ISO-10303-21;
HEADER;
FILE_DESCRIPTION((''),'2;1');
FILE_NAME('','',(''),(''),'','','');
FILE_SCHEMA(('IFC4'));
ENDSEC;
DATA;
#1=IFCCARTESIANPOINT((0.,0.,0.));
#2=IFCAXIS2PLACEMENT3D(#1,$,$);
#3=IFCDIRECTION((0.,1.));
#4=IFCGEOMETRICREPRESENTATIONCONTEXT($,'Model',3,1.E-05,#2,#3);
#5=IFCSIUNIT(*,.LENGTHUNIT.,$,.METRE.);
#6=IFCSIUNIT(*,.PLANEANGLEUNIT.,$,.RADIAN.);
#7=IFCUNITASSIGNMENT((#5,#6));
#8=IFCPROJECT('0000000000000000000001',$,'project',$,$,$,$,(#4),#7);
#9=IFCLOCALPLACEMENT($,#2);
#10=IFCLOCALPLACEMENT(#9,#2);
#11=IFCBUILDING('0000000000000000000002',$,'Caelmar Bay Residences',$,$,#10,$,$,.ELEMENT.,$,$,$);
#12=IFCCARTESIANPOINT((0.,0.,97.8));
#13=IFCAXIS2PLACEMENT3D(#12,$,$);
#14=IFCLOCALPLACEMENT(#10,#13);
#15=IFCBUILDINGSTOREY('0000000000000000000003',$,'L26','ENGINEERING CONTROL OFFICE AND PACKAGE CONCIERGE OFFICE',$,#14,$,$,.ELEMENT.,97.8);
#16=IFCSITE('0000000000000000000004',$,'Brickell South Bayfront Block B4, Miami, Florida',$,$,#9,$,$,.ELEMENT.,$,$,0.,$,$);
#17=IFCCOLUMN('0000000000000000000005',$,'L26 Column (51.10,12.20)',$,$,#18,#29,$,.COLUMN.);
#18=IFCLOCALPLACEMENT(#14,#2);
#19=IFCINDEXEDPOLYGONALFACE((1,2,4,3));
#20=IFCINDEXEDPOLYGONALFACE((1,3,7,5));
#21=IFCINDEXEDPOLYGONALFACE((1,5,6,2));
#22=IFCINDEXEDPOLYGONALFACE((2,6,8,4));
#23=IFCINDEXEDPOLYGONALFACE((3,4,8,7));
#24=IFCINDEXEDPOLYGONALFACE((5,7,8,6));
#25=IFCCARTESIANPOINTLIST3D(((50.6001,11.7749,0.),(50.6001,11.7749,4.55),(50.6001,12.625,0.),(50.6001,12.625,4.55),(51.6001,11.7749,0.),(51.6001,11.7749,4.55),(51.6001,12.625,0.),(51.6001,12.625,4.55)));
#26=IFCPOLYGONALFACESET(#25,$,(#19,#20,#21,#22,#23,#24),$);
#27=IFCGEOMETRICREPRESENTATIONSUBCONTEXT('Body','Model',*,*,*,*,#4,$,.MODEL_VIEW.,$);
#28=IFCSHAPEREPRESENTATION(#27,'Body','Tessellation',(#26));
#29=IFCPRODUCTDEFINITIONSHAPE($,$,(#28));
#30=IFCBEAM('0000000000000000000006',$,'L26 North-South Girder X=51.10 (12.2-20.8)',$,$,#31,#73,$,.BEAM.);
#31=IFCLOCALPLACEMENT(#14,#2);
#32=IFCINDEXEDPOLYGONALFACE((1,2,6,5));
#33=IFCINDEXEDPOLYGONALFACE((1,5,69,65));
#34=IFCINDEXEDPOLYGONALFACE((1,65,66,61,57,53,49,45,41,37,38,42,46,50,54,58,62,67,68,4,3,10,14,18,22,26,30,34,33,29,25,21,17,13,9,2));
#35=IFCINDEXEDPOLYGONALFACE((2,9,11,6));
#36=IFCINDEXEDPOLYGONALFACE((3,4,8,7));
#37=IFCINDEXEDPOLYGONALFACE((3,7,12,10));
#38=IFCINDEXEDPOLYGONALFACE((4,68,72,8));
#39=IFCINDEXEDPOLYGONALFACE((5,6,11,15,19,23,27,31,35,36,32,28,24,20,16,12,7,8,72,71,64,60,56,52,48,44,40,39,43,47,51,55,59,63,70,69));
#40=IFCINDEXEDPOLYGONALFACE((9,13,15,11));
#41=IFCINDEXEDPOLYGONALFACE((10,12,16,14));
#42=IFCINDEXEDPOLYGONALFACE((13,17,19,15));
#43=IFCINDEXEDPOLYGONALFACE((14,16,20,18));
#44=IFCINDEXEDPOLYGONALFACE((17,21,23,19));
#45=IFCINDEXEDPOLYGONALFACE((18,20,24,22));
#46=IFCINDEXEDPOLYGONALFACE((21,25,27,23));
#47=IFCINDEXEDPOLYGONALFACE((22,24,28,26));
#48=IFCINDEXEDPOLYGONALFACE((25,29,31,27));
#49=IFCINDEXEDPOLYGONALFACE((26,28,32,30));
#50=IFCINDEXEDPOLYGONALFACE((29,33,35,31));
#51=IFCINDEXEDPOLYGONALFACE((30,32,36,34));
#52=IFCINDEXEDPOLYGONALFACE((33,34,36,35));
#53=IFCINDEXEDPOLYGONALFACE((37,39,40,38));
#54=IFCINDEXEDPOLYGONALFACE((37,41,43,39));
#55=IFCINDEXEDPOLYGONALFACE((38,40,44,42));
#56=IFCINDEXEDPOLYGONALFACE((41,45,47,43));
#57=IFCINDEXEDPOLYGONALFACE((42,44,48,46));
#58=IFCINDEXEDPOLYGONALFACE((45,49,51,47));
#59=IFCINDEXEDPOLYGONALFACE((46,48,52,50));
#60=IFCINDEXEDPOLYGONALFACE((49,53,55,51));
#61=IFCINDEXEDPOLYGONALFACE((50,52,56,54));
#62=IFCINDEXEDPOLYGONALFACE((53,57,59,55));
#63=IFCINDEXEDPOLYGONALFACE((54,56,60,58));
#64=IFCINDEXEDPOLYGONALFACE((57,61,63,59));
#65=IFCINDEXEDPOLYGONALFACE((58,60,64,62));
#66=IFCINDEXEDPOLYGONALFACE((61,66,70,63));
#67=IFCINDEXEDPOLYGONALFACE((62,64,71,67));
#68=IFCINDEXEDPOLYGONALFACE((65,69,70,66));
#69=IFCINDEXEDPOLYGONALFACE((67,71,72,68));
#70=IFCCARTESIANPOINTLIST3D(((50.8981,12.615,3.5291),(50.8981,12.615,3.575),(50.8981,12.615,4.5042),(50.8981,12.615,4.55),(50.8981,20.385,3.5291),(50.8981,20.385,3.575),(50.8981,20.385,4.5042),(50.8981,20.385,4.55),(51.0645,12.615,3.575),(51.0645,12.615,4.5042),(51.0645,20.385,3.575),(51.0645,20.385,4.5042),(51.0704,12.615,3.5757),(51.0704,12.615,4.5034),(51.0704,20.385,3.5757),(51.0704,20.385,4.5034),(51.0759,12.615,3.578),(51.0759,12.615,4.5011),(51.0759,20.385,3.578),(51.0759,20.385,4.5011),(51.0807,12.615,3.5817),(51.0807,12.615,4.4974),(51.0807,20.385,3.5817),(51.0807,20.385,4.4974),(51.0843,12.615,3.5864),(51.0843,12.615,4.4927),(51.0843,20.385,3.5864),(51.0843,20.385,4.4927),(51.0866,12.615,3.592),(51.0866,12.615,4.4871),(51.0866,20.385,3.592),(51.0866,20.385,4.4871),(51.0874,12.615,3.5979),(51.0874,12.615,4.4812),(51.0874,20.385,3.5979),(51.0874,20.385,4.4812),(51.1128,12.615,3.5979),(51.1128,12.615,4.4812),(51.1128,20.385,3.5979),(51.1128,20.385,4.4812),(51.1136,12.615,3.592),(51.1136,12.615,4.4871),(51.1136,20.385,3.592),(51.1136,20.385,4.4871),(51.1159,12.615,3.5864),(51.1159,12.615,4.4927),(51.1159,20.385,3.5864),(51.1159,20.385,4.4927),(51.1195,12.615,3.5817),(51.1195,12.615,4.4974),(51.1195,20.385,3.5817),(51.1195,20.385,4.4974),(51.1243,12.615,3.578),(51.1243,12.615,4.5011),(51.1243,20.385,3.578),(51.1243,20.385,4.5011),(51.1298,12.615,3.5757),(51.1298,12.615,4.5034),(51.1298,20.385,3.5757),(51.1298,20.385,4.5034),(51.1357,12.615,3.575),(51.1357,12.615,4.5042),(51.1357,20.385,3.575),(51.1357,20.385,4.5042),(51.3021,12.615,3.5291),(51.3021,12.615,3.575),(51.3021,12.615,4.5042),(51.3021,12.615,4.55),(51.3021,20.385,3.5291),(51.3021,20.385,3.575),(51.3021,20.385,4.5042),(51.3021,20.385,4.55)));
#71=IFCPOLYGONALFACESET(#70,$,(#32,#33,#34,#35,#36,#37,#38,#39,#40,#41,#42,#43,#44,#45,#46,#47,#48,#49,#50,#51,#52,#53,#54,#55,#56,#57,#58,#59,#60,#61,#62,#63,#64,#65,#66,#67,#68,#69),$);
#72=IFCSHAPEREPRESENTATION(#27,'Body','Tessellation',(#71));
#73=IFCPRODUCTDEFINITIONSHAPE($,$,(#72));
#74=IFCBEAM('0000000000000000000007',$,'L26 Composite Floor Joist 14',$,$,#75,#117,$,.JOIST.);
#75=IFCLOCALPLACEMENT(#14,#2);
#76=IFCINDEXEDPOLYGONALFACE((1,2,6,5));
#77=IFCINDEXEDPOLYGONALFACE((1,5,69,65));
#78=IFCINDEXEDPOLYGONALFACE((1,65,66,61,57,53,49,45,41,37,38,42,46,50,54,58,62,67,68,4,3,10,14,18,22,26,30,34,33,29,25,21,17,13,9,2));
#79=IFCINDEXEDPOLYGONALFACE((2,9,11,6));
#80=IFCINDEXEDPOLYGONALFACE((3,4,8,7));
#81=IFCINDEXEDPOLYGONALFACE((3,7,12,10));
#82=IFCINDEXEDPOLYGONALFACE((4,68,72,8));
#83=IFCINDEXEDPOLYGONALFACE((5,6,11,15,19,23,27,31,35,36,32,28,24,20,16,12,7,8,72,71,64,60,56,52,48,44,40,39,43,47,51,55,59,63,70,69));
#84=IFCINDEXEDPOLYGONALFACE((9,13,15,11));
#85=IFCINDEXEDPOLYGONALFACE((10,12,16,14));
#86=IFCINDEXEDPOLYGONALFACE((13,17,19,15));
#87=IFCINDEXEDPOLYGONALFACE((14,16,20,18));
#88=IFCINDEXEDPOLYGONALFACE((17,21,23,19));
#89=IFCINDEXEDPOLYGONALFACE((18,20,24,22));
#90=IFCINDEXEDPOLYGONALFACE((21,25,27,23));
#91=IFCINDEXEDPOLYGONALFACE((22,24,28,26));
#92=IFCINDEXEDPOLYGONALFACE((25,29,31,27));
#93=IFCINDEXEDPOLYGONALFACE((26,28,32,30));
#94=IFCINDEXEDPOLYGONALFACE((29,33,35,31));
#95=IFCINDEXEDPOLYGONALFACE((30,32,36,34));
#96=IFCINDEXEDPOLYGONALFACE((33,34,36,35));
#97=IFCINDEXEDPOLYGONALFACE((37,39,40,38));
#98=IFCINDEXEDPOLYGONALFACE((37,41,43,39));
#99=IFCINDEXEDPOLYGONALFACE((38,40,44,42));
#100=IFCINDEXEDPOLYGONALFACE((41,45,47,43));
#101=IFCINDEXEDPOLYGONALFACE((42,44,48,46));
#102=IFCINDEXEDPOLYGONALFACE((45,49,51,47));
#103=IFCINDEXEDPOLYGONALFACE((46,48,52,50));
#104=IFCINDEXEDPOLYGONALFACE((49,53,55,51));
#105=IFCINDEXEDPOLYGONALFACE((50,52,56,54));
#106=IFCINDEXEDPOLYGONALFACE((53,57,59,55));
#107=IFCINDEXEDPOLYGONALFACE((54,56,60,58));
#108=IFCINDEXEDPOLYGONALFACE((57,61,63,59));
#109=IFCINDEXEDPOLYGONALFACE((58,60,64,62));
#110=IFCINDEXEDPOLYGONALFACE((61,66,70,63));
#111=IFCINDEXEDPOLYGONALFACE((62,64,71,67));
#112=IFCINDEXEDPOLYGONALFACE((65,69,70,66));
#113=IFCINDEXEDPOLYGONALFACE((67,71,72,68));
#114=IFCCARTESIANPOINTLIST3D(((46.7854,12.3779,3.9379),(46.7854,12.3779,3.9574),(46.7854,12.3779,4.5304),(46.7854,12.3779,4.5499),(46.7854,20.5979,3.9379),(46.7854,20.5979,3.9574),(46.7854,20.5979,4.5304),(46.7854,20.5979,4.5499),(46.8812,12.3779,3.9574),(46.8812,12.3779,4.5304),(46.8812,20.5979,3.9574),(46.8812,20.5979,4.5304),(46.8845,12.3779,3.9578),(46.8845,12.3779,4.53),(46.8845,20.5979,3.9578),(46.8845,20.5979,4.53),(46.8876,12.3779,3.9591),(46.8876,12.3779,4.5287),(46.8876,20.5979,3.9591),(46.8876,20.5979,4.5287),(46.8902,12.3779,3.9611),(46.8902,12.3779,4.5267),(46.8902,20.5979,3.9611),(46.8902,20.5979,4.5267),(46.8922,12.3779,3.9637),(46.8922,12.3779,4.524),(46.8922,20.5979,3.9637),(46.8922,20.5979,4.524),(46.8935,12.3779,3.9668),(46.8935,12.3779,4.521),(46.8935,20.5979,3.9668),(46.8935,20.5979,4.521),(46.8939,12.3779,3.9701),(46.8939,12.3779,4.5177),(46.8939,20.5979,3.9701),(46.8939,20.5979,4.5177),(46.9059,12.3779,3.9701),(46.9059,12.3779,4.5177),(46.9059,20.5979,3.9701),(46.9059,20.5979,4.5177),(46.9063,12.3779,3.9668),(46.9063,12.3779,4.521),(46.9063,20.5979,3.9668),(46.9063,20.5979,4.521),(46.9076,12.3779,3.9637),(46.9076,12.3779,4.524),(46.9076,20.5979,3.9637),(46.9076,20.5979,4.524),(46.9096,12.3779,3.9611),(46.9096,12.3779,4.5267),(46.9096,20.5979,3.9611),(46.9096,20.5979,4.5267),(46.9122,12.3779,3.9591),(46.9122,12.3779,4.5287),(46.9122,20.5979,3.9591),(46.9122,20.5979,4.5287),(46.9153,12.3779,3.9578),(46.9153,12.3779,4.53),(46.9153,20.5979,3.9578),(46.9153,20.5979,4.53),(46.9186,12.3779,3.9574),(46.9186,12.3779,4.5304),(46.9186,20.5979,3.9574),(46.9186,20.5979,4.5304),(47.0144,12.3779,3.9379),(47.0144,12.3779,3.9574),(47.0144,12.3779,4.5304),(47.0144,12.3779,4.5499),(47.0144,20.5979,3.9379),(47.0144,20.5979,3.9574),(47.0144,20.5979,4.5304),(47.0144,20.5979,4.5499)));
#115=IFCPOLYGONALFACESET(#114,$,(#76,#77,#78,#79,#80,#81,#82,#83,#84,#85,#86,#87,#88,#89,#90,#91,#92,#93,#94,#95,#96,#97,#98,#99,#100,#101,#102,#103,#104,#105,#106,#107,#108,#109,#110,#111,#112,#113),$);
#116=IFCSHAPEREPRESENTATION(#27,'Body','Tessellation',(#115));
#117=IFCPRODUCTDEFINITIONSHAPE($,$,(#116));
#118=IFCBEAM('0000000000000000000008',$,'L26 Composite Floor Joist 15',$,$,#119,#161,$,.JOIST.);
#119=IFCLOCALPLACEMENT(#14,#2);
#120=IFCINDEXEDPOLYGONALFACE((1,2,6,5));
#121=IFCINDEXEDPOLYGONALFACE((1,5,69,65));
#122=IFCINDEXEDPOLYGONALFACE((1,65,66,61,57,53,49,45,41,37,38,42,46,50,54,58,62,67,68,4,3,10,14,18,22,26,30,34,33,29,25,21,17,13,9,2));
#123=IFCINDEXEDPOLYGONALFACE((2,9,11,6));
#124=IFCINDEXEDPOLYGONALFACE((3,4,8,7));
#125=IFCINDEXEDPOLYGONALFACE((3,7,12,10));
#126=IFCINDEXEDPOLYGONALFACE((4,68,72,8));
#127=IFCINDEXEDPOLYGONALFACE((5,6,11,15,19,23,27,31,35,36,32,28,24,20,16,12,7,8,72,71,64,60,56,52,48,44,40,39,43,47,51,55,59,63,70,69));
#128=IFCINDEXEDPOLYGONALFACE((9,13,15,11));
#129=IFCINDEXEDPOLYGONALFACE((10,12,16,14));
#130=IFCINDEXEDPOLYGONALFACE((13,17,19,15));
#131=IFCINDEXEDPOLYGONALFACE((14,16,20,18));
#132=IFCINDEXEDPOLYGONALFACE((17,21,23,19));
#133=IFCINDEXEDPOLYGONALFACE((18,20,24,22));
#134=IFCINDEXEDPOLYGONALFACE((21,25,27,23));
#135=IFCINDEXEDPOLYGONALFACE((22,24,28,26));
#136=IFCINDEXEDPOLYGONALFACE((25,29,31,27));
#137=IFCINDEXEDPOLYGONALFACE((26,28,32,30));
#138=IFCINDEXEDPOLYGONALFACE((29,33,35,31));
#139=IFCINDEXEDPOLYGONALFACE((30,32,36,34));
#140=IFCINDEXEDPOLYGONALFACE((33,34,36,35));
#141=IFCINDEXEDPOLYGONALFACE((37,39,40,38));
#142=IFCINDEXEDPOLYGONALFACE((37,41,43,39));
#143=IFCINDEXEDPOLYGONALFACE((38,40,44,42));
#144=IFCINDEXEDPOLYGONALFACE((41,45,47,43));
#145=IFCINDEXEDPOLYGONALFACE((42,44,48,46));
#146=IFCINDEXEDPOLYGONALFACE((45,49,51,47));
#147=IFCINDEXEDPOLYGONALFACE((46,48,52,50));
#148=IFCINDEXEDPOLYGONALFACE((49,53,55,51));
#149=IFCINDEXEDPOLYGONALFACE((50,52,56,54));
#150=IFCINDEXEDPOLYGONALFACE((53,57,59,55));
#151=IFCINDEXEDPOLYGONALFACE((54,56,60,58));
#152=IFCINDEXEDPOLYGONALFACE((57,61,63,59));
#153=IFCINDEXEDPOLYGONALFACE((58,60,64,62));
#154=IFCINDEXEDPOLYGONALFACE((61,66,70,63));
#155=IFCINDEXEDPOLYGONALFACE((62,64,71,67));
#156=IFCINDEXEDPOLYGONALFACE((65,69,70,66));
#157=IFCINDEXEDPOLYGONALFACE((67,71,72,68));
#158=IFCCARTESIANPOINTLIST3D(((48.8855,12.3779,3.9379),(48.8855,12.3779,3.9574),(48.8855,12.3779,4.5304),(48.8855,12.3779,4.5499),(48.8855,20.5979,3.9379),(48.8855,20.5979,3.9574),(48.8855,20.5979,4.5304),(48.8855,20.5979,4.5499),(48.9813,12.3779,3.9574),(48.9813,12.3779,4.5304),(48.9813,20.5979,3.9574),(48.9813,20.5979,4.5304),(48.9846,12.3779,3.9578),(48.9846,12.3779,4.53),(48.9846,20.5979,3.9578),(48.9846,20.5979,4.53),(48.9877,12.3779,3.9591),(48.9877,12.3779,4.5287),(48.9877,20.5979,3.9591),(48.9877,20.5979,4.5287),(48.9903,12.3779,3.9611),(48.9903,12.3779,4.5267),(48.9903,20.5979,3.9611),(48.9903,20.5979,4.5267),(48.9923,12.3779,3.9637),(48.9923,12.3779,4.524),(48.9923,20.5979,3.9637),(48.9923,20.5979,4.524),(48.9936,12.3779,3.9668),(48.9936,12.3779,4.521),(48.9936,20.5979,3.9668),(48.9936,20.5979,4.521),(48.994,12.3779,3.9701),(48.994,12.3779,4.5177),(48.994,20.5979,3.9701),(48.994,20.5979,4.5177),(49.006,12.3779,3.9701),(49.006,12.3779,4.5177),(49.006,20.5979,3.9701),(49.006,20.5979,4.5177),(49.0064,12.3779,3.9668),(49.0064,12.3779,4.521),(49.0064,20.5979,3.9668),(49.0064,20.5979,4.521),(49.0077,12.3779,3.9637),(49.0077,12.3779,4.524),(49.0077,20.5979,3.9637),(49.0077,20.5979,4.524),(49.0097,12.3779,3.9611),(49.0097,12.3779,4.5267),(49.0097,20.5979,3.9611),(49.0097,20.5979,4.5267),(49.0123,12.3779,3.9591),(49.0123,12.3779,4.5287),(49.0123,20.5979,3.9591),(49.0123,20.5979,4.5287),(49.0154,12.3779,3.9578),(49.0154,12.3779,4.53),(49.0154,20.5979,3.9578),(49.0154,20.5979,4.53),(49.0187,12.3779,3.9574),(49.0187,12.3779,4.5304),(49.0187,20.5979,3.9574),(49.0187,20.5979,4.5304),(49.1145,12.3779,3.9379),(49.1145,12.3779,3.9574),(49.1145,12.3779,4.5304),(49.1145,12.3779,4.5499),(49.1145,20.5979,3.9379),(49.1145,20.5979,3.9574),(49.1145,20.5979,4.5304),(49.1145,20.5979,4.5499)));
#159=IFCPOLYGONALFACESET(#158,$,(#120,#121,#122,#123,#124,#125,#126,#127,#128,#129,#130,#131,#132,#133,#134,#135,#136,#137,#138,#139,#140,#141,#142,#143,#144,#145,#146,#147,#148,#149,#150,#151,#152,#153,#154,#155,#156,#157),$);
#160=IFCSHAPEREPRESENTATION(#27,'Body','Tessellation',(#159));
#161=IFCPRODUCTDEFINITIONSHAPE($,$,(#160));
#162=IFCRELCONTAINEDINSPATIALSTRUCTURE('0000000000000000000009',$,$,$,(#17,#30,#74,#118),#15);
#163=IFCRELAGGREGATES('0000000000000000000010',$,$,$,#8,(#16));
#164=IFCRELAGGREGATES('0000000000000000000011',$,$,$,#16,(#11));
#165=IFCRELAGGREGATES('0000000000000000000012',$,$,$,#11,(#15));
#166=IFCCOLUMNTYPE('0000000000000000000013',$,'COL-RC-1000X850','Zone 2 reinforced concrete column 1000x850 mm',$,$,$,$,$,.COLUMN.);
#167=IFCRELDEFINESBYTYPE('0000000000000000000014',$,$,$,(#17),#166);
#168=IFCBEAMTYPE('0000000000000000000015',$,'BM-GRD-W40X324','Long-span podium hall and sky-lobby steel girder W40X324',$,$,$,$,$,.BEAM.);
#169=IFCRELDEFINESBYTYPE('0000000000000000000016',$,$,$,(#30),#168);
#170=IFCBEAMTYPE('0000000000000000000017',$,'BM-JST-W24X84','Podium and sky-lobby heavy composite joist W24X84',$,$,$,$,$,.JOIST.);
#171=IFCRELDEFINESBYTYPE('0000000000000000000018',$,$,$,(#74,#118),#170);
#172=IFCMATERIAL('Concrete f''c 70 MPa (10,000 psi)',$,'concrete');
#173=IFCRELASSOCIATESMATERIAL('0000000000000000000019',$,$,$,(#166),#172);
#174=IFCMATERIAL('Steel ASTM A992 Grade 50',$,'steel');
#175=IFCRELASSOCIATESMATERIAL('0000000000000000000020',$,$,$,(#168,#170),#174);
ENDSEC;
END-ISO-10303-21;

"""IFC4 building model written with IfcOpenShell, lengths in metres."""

from ifc_helpers import new_model, si_unit, direction, frame, origin, origin_2d, place, context, subcontext, project, spatial, rectangle, i_section, extrude, material, material_profile, profile_set, type_object, element, save


model = new_model("IFC4")

# Units and contexts
model_context = context("Model", 3, precision=1e-05, world=origin(), true_north=direction((0.0, 1.0)))
body_context = subcontext(model_context, "Body", "Model", "MODEL_VIEW")
ifc_project = project(units=[si_unit("LENGTHUNIT", "METRE"), si_unit("PLANEANGLEUNIT", "RADIAN")], contexts=[model_context])

# Site, building, storey
site_placement = place(None, origin())
site = spatial("IfcSite", under=ifc_project, at=site_placement, Name="Brickell South Bayfront Block B4, Miami, Florida", CompositionType="ELEMENT", RefElevation=0.0)
building_placement = place(site_placement, origin())
building = spatial("IfcBuilding", under=site, at=building_placement, Name="Caelmar Bay Residences", CompositionType="ELEMENT")
storey_placement = place(building_placement, frame((0.0, 0.0, 97.8)))
storey = spatial("IfcBuildingStorey", under=building, at=storey_placement, Name="L26", Description="ENGINEERING CONTROL OFFICE AND PACKAGE CONCIERGE OFFICE", CompositionType="ELEMENT", Elevation=97.8)

# Column
ifc_material_1 = material(Name="Concrete f'c 70 MPa (10,000 psi)", Category="concrete")
ifc_material_profile_1 = material_profile(ifc_material_1, rectangle(XDim=1.0, YDim=0.8501, at=origin_2d()), Name="RC-COL-1000X850")
ifc_profile_set_1 = profile_set([ifc_material_profile_1], Name="Concrete f'c 70 MPa (10,000 psi)")
column_type = type_object("IfcColumnType", Name="COL-RC-1000X850", Description="Zone 2 reinforced concrete column 1000x850 mm", PredefinedType="COLUMN", material=ifc_profile_set_1)
column_placement = place(storey_placement, frame((51.1001, 12.2, 0.0), z_axis=(0.0, 0.0, 1.0), x_axis=(1.0, 0.0, 0.0)))
element("IfcColumn", 1, at=column_placement, inside=storey, type_object=column_type, Name="L26 Column (51.10,12.20)", PredefinedType="COLUMN", context=body_context, shape_type="SweptSolid", body=[
    extrude(rectangle(XDim=1.0, YDim=0.8501, at=origin_2d()), origin(), (0.0, 0.0, 1.0), 4.55),
])

# Beams
ifc_material_2 = material(Name="Steel ASTM A992 Grade 50", Category="steel")
ifc_material_profile_2 = material_profile(ifc_material_2, i_section(OverallWidth=0.4041, OverallDepth=1.021, WebThickness=0.0254, FlangeThickness=0.0459, FilletRadius=0.0229, at=origin_2d()), Name="W40X324")
ifc_profile_set_2 = profile_set([ifc_material_profile_2], Name="Steel ASTM A992 Grade 50")
beam_type_1 = type_object("IfcBeamType", Name="BM-GRD-W40X324", Description="Long-span podium hall and sky-lobby steel girder W40X324", PredefinedType="BEAM", material=ifc_profile_set_2)
beam_1_placement = place(storey_placement, frame((51.1001, 12.615, 4.0396), z_axis=(0.0, 1.0, 0.0), x_axis=(-1.0, 0.0, 0.0)))
element("IfcBeam", 2, at=beam_1_placement, inside=storey, type_object=beam_type_1, Name="L26 North-South Girder X=51.10 (12.2-20.8)", PredefinedType="BEAM", context=body_context, shape_type="SweptSolid", body=[
    extrude(i_section(OverallWidth=0.4041, OverallDepth=1.021, WebThickness=0.0254, FlangeThickness=0.0459, FilletRadius=0.0229, at=origin_2d()), origin(), (0.0, 0.0, 1.0), 7.77),
])
ifc_material_profile_3 = material_profile(ifc_material_2, i_section(OverallWidth=0.229, OverallDepth=0.6121, WebThickness=0.012, FlangeThickness=0.0195, FilletRadius=0.0127, at=origin_2d()), Name="W24X84")
ifc_profile_set_3 = profile_set([ifc_material_profile_3], Name="Steel ASTM A992 Grade 50")
beam_type_2 = type_object("IfcBeamType", Name="BM-JST-W24X84", Description="Podium and sky-lobby heavy composite joist W24X84", PredefinedType="JOIST", material=ifc_profile_set_3)
for number, where, z_axis, x_axis, name in (
    (3, (46.8999, 12.3779, 4.2439), (0.0, 1.0, 0.0), (-1.0, 0.0, 0.0), "L26 Composite Floor Joist 14"),
    (4, (49.0, 12.3779, 4.2439), (0.0, 1.0, 0.0), (-1.0, 0.0, 0.0), "L26 Composite Floor Joist 15"),
):
    element("IfcBeam", number, at=place(storey_placement, frame(where, z_axis=z_axis, x_axis=x_axis)), inside=storey, type_object=beam_type_2, Name=name, PredefinedType="JOIST", context=body_context, shape_type="SweptSolid", body=[
        extrude(i_section(OverallWidth=0.229, OverallDepth=0.6121, WebThickness=0.012, FlangeThickness=0.0195, FilletRadius=0.0127, at=origin_2d()), origin(), (0.0, 0.0, 1.0), 8.22),
    ])

save(model, "model.ifc")
